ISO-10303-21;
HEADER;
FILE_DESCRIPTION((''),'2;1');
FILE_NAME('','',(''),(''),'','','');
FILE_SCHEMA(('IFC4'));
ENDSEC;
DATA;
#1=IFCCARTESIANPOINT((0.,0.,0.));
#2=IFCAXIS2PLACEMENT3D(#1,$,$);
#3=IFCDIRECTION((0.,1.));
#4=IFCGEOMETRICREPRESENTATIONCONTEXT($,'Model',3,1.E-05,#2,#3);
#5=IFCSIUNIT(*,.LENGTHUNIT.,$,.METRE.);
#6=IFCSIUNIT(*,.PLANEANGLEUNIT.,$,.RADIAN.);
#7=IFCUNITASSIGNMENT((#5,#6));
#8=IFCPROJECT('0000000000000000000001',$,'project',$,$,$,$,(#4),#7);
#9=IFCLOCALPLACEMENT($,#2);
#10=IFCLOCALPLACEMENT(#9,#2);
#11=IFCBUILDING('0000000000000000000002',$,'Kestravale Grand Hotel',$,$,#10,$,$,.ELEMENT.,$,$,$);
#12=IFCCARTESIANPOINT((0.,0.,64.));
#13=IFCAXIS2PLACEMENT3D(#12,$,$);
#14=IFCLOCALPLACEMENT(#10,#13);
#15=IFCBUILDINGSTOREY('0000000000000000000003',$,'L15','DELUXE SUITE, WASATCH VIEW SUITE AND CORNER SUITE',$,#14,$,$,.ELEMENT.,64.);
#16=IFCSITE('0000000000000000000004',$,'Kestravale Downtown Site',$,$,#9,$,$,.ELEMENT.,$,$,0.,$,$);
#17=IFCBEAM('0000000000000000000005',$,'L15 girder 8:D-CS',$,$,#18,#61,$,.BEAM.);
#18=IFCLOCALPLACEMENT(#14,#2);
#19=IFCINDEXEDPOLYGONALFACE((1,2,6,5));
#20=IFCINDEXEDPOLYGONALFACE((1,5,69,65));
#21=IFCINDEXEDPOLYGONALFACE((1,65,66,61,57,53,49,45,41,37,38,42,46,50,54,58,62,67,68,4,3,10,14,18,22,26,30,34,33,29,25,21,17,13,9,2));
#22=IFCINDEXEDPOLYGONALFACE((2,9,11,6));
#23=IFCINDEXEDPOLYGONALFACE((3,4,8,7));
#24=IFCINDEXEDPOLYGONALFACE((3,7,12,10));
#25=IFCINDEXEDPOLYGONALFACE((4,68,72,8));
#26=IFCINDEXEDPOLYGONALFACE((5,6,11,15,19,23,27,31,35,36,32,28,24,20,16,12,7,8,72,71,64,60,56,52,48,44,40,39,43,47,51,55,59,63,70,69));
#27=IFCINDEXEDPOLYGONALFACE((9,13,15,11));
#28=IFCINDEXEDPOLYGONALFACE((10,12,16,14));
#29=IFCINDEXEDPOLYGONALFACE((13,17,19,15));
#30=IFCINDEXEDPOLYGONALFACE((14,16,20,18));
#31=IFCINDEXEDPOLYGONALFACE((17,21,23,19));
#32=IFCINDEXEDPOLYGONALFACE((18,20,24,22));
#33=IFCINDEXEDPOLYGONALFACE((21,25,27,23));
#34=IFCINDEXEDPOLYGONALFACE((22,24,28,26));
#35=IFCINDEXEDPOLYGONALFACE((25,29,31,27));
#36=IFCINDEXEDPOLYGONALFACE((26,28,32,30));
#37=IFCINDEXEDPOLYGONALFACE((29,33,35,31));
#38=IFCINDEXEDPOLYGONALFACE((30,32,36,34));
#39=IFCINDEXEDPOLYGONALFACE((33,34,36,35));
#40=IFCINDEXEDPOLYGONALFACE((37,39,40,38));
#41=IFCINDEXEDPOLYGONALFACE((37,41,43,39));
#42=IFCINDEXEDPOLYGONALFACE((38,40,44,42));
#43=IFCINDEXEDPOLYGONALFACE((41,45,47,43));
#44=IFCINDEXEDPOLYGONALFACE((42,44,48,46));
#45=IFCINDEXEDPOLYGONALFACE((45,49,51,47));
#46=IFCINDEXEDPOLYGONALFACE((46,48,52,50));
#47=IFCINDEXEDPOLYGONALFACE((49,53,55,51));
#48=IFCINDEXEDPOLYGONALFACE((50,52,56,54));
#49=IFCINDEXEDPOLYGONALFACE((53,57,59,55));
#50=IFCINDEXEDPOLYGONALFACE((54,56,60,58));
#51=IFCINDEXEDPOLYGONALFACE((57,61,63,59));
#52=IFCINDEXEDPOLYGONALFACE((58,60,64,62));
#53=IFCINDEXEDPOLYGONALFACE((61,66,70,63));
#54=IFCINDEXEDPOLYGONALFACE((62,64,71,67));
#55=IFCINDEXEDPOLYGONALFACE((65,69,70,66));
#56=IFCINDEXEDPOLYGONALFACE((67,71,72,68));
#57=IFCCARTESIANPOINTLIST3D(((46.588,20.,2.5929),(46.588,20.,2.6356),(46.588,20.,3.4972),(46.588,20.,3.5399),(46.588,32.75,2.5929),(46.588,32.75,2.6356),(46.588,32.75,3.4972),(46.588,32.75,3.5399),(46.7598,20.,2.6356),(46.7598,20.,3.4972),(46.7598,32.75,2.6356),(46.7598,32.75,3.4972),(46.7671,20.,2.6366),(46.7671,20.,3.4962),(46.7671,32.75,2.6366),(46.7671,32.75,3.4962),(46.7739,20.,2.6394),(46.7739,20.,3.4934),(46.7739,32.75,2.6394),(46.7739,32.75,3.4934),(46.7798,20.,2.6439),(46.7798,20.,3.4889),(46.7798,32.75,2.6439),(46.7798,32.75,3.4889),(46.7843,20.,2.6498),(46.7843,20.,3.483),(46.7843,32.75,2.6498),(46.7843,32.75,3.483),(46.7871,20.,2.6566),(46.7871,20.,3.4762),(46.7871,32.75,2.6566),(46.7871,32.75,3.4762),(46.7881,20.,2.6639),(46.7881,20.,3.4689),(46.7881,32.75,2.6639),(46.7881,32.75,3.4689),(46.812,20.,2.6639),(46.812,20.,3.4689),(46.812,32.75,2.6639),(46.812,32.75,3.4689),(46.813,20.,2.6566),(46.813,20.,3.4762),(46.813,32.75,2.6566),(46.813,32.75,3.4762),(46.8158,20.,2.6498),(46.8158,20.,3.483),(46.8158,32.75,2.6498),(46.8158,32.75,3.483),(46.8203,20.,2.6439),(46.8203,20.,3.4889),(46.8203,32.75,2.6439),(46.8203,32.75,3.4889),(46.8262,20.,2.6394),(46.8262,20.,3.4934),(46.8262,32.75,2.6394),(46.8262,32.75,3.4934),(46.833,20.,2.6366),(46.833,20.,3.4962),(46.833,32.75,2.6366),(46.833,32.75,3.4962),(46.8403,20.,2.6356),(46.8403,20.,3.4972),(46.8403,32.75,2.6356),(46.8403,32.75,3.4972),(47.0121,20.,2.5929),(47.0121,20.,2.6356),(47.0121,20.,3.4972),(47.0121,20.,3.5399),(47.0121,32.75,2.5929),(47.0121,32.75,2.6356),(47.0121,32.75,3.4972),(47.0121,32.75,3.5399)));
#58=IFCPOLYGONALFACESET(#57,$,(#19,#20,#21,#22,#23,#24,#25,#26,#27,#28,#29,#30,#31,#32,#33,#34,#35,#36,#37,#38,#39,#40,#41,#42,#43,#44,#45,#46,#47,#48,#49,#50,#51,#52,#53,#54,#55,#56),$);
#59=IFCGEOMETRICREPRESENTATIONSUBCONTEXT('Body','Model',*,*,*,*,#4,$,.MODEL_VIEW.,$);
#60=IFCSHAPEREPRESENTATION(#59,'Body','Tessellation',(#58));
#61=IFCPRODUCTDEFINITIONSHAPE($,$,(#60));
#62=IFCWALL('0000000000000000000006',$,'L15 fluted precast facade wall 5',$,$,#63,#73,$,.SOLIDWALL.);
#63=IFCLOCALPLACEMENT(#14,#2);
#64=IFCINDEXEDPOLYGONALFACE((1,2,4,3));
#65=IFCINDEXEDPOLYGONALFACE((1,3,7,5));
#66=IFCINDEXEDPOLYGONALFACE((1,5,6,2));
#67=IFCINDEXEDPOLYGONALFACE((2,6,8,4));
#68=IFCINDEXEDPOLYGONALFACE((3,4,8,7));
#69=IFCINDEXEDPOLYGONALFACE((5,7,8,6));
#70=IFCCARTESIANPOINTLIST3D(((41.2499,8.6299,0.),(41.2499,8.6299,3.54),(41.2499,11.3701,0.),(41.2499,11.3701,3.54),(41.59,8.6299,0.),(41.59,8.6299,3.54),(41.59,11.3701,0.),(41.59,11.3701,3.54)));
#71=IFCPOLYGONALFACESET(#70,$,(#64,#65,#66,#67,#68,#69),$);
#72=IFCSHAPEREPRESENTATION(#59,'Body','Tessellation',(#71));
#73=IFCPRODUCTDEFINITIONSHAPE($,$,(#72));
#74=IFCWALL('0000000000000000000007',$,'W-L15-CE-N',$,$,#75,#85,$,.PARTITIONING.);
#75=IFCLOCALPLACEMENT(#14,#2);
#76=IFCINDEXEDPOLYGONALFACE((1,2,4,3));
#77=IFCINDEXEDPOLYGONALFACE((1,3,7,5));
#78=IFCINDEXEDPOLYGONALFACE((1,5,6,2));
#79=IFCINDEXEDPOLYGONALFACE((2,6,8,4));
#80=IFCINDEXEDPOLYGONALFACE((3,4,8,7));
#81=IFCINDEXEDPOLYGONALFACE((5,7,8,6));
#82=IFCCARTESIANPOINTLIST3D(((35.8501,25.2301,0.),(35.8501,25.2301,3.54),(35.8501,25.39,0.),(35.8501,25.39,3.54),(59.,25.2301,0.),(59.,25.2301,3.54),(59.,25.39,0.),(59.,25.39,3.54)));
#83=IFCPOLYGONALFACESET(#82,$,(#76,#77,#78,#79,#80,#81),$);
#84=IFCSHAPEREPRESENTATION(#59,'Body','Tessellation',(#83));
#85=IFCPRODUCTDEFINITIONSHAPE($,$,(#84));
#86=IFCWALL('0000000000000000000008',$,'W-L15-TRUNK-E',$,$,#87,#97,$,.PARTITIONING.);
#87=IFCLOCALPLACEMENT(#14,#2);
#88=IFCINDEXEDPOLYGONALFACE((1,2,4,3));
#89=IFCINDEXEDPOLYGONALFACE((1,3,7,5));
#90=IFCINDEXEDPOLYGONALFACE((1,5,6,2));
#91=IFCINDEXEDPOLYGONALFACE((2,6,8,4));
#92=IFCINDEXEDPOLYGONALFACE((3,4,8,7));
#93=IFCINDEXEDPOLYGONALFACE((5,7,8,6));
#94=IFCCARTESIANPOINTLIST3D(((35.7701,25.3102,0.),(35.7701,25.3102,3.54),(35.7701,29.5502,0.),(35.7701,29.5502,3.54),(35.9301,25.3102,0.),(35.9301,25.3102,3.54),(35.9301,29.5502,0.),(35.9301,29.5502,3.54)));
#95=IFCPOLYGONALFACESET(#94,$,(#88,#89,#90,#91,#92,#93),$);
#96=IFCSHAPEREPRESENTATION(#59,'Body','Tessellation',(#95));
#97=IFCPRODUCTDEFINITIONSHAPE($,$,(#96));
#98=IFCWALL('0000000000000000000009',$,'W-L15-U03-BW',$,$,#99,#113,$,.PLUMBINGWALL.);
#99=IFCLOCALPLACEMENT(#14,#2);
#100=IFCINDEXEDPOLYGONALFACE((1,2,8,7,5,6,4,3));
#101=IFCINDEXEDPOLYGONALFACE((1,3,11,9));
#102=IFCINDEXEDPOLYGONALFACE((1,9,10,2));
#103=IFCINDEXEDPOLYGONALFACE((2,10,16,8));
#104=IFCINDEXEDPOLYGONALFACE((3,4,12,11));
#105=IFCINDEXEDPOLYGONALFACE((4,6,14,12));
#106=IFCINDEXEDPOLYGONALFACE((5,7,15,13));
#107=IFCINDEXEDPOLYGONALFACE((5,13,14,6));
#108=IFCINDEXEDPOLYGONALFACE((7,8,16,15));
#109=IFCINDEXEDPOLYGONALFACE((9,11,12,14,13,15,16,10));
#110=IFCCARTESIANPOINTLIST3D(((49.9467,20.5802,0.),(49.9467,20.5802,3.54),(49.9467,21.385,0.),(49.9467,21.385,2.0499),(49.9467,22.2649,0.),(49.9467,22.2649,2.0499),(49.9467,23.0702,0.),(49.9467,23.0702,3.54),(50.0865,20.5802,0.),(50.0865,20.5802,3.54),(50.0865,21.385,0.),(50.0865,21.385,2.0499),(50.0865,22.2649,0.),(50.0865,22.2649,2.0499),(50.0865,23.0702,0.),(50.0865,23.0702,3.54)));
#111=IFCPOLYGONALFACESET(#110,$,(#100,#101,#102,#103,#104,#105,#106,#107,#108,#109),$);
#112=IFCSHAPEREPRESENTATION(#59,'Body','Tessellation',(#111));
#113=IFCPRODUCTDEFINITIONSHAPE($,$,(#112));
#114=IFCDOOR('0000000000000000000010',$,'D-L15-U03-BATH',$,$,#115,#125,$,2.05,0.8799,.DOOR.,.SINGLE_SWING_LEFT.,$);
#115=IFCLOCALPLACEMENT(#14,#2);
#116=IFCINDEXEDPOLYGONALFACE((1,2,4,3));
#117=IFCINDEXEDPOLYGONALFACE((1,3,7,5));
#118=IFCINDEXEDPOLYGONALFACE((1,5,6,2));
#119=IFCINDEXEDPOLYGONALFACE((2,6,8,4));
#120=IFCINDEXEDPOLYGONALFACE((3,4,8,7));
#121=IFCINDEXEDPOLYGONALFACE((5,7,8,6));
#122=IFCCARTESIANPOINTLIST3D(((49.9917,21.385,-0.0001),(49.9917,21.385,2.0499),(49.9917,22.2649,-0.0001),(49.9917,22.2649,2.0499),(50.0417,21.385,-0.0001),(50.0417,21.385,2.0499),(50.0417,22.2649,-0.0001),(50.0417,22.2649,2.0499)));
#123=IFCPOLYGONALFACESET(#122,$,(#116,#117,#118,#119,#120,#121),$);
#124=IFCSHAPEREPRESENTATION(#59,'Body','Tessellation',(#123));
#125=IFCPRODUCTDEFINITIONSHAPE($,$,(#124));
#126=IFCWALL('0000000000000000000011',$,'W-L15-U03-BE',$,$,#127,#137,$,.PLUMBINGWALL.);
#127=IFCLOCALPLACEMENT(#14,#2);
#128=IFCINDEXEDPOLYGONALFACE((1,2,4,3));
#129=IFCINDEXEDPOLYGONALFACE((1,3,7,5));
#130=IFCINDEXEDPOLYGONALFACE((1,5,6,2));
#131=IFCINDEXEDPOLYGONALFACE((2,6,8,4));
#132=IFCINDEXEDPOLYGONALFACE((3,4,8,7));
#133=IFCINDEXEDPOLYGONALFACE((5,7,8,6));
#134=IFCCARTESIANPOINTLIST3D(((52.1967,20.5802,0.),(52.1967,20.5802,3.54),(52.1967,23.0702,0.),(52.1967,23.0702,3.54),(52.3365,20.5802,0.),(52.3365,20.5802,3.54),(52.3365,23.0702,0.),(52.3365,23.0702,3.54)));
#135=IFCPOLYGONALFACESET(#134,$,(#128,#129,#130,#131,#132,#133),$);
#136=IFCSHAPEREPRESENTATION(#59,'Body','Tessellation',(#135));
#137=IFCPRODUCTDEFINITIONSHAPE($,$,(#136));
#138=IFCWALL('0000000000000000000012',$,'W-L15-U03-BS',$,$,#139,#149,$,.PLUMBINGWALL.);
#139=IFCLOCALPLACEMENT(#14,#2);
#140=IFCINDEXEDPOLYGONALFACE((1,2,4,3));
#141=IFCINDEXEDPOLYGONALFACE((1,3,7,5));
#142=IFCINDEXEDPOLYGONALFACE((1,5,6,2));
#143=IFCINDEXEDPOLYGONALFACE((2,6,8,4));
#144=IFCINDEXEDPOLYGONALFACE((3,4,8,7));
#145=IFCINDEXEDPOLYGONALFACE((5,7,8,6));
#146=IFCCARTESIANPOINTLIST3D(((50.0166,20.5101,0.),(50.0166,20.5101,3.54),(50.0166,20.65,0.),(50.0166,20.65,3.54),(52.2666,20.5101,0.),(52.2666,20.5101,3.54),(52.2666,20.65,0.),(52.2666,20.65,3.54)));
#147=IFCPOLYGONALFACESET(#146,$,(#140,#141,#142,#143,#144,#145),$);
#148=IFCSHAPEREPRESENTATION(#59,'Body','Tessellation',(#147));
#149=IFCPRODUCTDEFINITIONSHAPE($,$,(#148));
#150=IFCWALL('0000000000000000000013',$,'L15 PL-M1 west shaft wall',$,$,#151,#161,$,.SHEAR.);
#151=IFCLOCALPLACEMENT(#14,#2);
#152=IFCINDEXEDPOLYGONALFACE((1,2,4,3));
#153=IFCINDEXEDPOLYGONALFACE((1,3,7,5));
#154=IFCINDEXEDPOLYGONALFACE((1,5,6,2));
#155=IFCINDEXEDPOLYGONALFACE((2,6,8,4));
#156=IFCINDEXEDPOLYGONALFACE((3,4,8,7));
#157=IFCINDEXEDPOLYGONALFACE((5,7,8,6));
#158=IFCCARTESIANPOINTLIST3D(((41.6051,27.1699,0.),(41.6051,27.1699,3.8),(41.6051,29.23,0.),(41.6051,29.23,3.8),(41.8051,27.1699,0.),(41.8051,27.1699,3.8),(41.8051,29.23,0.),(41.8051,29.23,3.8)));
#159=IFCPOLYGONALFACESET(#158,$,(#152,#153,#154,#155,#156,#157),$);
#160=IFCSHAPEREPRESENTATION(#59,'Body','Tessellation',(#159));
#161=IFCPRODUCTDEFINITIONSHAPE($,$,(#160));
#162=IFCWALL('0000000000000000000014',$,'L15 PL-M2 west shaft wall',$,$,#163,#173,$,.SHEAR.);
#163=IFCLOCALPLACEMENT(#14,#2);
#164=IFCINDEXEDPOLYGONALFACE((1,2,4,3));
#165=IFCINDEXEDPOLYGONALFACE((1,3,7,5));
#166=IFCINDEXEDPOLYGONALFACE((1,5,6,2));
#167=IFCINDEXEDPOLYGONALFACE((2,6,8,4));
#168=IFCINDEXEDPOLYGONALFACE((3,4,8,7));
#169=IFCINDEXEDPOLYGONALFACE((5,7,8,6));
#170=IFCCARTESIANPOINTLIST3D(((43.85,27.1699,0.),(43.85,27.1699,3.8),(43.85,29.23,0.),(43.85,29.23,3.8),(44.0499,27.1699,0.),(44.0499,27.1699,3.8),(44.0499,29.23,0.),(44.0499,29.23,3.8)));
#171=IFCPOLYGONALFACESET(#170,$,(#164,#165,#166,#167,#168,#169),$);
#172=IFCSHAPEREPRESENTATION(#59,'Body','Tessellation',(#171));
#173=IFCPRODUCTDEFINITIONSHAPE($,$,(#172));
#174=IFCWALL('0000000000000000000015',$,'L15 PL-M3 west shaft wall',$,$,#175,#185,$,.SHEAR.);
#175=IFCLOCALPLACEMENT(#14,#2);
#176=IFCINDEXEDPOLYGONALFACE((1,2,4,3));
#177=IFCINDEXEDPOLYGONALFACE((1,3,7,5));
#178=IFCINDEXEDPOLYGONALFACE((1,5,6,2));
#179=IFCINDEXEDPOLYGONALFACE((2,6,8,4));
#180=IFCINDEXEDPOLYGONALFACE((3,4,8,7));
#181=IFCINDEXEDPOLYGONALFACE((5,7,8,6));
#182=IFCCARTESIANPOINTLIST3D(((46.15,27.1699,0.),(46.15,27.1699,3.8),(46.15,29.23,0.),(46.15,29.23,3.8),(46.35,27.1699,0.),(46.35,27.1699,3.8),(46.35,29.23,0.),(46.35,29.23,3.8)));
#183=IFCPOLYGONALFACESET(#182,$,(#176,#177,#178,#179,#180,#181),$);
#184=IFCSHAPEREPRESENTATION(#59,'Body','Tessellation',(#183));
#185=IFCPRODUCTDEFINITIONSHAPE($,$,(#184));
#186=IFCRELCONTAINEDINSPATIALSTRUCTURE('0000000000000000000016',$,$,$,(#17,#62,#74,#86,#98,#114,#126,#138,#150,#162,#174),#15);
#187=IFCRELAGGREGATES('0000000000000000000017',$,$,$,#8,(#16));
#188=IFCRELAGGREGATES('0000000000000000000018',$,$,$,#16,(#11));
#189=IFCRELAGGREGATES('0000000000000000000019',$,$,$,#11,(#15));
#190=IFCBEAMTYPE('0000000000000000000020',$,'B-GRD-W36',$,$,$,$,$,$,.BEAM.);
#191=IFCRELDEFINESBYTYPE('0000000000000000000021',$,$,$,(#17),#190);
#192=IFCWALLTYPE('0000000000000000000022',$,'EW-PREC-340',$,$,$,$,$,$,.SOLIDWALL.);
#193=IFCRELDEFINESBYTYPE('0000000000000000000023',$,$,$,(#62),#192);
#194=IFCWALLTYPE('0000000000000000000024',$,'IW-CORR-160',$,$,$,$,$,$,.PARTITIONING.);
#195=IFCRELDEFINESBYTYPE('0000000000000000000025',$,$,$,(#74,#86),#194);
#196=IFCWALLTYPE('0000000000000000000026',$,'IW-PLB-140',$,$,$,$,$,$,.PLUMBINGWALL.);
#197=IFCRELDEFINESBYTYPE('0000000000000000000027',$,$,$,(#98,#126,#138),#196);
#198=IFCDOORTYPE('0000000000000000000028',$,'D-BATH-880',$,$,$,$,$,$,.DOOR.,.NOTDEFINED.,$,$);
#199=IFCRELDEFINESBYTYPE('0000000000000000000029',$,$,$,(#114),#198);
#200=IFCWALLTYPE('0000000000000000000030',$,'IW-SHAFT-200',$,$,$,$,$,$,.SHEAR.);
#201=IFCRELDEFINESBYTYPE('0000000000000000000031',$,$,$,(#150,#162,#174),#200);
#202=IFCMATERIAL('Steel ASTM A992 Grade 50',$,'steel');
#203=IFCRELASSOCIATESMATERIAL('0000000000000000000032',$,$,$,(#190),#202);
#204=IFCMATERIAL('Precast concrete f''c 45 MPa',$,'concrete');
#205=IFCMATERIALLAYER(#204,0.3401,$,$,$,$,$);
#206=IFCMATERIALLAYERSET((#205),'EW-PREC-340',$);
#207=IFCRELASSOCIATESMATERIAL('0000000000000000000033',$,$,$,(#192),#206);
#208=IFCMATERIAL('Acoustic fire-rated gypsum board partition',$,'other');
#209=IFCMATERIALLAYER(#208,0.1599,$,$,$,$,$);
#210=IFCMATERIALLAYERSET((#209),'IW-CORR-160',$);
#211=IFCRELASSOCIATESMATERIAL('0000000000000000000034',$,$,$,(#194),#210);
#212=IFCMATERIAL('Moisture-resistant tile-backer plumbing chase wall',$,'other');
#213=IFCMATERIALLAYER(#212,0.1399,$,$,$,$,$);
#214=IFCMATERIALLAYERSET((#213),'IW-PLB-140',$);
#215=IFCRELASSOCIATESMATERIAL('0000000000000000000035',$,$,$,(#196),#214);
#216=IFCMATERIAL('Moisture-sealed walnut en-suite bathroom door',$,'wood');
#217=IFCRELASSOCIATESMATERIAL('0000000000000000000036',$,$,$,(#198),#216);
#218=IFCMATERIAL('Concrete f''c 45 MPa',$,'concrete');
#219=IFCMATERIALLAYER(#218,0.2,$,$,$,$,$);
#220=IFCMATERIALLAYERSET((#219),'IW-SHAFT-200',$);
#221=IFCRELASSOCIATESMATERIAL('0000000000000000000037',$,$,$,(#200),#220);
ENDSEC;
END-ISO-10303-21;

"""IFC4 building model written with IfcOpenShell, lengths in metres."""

from ifc_helpers import new_model, si_unit, direction, frame, frame_2d, origin, origin_2d, place, context, subcontext, project, spatial, rectangle, i_section, extrude, material, layer, layer_set, material_profile, profile_set, type_object, element, fill, save


model = new_model("IFC4")

# Units and contexts
model_context = context("Model", 3, precision=1e-05, world=origin(), true_north=direction((0.0, 1.0)))
body_context = subcontext(model_context, "Body", "Model", "MODEL_VIEW")
ifc_project = project(units=[si_unit("LENGTHUNIT", "METRE"), si_unit("PLANEANGLEUNIT", "RADIAN")], contexts=[model_context])

# Site, building, storey
site_placement = place(None, origin())
site = spatial("IfcSite", under=ifc_project, at=site_placement, Name="Kestravale Downtown Site", CompositionType="ELEMENT", RefElevation=0.0)
building_placement = place(site_placement, origin())
building = spatial("IfcBuilding", under=site, at=building_placement, Name="Kestravale Grand Hotel", CompositionType="ELEMENT")
storey_placement = place(building_placement, frame((0.0, 0.0, 64.0)))
storey = spatial("IfcBuildingStorey", under=building, at=storey_placement, Name="L15", Description="DELUXE SUITE, WASATCH VIEW SUITE AND CORNER SUITE", CompositionType="ELEMENT", Elevation=64.0)

# Beam
ifc_material_1 = material(Name="Steel ASTM A992 Grade 50", Category="steel")
ifc_material_profile_1 = material_profile(ifc_material_1, i_section(OverallWidth=0.4241, OverallDepth=0.947, WebThickness=0.0239, FlangeThickness=0.0427, FilletRadius=0.0283, at=origin_2d()))
ifc_profile_set_1 = profile_set([ifc_material_profile_1], Name="Steel ASTM A992 Grade 50")
beam_type = type_object("IfcBeamType", Name="B-GRD-W36", PredefinedType="BEAM", material=ifc_profile_set_1)
beam_1_placement = place(storey_placement, frame((46.8, 20.0, 3.0664), z_axis=(0.0, 1.0, 0.0), x_axis=(-1.0, 0.0, 0.0)))
element("IfcBeam", 1, at=beam_1_placement, inside=storey, type_object=beam_type, Name="L15 girder 8:D-CS", PredefinedType="BEAM", context=body_context, shape_type="SweptSolid", body=[
    extrude(i_section(OverallWidth=0.4241, OverallDepth=0.947, WebThickness=0.0239, FlangeThickness=0.0427, FilletRadius=0.0283, at=origin_2d()), origin(), (0.0, 0.0, 1.0), 12.75),
])

# Walls
ifc_material_2 = material(Name="Precast concrete f'c 45 MPa", Category="concrete")
ifc_layer_1 = layer(ifc_material_2, 0.3401)
ifc_layer_set_1 = layer_set([ifc_layer_1], Name="EW-PREC-340")
wall_type_1 = type_object("IfcWallType", Name="EW-PREC-340", PredefinedType="SOLIDWALL", material=ifc_layer_set_1)
wall_1_placement = place(storey_placement, frame((41.4199, 11.3701, 0.0), z_axis=(0.0, 0.0, 1.0), x_axis=(0.0, -1.0, 0.0)))
element("IfcWall", 2, at=wall_1_placement, inside=storey, type_object=wall_type_1, Name="L15 fluted precast facade wall 5", PredefinedType="SOLIDWALL", context=body_context, shape_type="SweptSolid", body=[
    extrude(rectangle(XDim=2.7402, YDim=0.3401, at=frame_2d((1.3701, 0.0))), origin(), (0.0, 0.0, 1.0), 3.54),
])
ifc_material_3 = material(Name="Acoustic fire-rated gypsum board partition", Category="other")
ifc_layer_2 = layer(ifc_material_3, 0.1599)
ifc_layer_set_2 = layer_set([ifc_layer_2], Name="IW-CORR-160")
wall_type_2 = type_object("IfcWallType", Name="IW-CORR-160", PredefinedType="PARTITIONING", material=ifc_layer_set_2)
wall_2_placement = place(storey_placement, frame((35.8501, 25.3101, 0.0), z_axis=(0.0, 0.0, 1.0), x_axis=(1.0, 0.0, 0.0)))
element("IfcWall", 3, at=wall_2_placement, inside=storey, type_object=wall_type_2, Name="W-L15-CE-N", PredefinedType="PARTITIONING", context=body_context, shape_type="SweptSolid", body=[
    extrude(rectangle(XDim=23.1499, YDim=0.1599, at=frame_2d((11.575, 0.0))), origin(), (0.0, 0.0, 1.0), 3.54),
])
wall_3_placement = place(storey_placement, frame((35.8501, 25.3101, 0.0), z_axis=(0.0, 0.0, 1.0), x_axis=(0.0, 1.0, 0.0)))
element("IfcWall", 4, at=wall_3_placement, inside=storey, type_object=wall_type_2, Name="W-L15-TRUNK-E", PredefinedType="PARTITIONING", context=body_context, shape_type="SweptSolid", body=[
    extrude(rectangle(XDim=4.24, YDim=0.1599, at=frame_2d((2.1201, 0.0))), origin(), (0.0, 0.0, 1.0), 3.54),
])

# Wall, opening, door
ifc_material_4 = material(Name="Moisture-resistant tile-backer plumbing chase wall", Category="other")
ifc_layer_3 = layer(ifc_material_4, 0.1399)
ifc_layer_set_3 = layer_set([ifc_layer_3], Name="IW-PLB-140")
wall_type_3 = type_object("IfcWallType", Name="IW-PLB-140", PredefinedType="PLUMBINGWALL", material=ifc_layer_set_3)
wall_4_placement = place(storey_placement, frame((50.0166, 20.5801, 0.0), z_axis=(0.0, 0.0, 1.0), x_axis=(0.0, 1.0, 0.0)))
wall_4 = element("IfcWall", 5, at=wall_4_placement, inside=storey, type_object=wall_type_3, Name="W-L15-U03-BW", PredefinedType="PLUMBINGWALL", context=body_context, shape_type="SweptSolid", body=[
    extrude(rectangle(XDim=2.49, YDim=0.1399, at=frame_2d((1.2451, 0.0))), origin(), (0.0, 0.0, 1.0), 3.54),
])
opening_placement = place(wall_4_placement, frame((0.8049, 0.0, 0.0)))
opening = element("IfcOpeningElement", 6, at=opening_placement, cuts=wall_4, PredefinedType="OPENING", context=body_context, shape_type="SweptSolid", body=[
    extrude(rectangle(XDim=0.8799, YDim=2.05, at=frame_2d((0.4399, 1.0249))), frame((0.0, 0.0798, 0.0), z_axis=(0.0, -1.0, 0.0), x_axis=(1.0, 0.0, 0.0)), (0.0, 0.0, 1.0), 0.1599),
])
ifc_material_5 = material(Name="Moisture-sealed walnut en-suite bathroom door", Category="wood")
door_type = type_object("IfcDoorType", Name="D-BATH-880", OperationType="NOTDEFINED", PredefinedType="DOOR", material=ifc_material_5)
door_placement = place(opening_placement, origin())
door = element("IfcDoor", 7, at=door_placement, inside=storey, type_object=door_type, Name="D-L15-U03-BATH", OperationType="SINGLE_SWING_LEFT", OverallHeight=2.05, OverallWidth=0.8799, PredefinedType="DOOR", context=body_context, shape_type="SweptSolid", body=[
    extrude(rectangle(XDim=0.8799, YDim=2.05, at=frame_2d((0.4399, 1.0249))), frame((0.0, 0.0249, 0.0), z_axis=(0.0, -1.0, 0.0), x_axis=(1.0, 0.0, 0.0)), (0.0, 0.0, 1.0), 0.05),
])
fill(opening, door)

# Walls
wall_5_placement = place(storey_placement, frame((52.2666, 20.5801, 0.0), z_axis=(0.0, 0.0, 1.0), x_axis=(0.0, 1.0, 0.0)))
element("IfcWall", 8, at=wall_5_placement, inside=storey, type_object=wall_type_3, Name="W-L15-U03-BE", PredefinedType="PLUMBINGWALL", context=body_context, shape_type="SweptSolid", body=[
    extrude(rectangle(XDim=2.49, YDim=0.1399, at=frame_2d((1.2451, 0.0))), origin(), (0.0, 0.0, 1.0), 3.54),
])
wall_6_placement = place(storey_placement, frame((50.0166, 20.5801, 0.0), z_axis=(0.0, 0.0, 1.0), x_axis=(1.0, 0.0, 0.0)))
element("IfcWall", 9, at=wall_6_placement, inside=storey, type_object=wall_type_3, Name="W-L15-U03-BS", PredefinedType="PLUMBINGWALL", context=body_context, shape_type="SweptSolid", body=[
    extrude(rectangle(XDim=2.25, YDim=0.1399, at=frame_2d((1.125, 0.0))), origin(), (0.0, 0.0, 1.0), 3.54),
])
ifc_material_6 = material(Name="Concrete f'c 45 MPa", Category="concrete")
ifc_layer_4 = layer(ifc_material_6, 0.2)
ifc_layer_set_4 = layer_set([ifc_layer_4], Name="IW-SHAFT-200")
wall_type_4 = type_object("IfcWallType", Name="IW-SHAFT-200", PredefinedType="SHEAR", material=ifc_layer_set_4)
for number, where, z_axis, x_axis, name in (
    (10, (41.7051, 27.1699, 0.0), (0.0, 0.0, 1.0), (0.0, 1.0, 0.0), "L15 PL-M1 west shaft wall"),
    (11, (43.95, 27.1699, 0.0), (0.0, 0.0, 1.0), (0.0, 1.0, 0.0), "L15 PL-M2 west shaft wall"),
    (12, (46.25, 27.1699, 0.0), (0.0, 0.0, 1.0), (0.0, 1.0, 0.0), "L15 PL-M3 west shaft wall"),
):
    element("IfcWall", number, at=place(storey_placement, frame(where, z_axis=z_axis, x_axis=x_axis)), inside=storey, type_object=wall_type_4, Name=name, PredefinedType="SHEAR", context=body_context, shape_type="SweptSolid", body=[
        extrude(rectangle(XDim=2.0601, YDim=0.2, at=frame_2d((1.03, 0.0))), origin(), (0.0, 0.0, 1.0), 3.8),
    ])

save(model, "model.ifc")
